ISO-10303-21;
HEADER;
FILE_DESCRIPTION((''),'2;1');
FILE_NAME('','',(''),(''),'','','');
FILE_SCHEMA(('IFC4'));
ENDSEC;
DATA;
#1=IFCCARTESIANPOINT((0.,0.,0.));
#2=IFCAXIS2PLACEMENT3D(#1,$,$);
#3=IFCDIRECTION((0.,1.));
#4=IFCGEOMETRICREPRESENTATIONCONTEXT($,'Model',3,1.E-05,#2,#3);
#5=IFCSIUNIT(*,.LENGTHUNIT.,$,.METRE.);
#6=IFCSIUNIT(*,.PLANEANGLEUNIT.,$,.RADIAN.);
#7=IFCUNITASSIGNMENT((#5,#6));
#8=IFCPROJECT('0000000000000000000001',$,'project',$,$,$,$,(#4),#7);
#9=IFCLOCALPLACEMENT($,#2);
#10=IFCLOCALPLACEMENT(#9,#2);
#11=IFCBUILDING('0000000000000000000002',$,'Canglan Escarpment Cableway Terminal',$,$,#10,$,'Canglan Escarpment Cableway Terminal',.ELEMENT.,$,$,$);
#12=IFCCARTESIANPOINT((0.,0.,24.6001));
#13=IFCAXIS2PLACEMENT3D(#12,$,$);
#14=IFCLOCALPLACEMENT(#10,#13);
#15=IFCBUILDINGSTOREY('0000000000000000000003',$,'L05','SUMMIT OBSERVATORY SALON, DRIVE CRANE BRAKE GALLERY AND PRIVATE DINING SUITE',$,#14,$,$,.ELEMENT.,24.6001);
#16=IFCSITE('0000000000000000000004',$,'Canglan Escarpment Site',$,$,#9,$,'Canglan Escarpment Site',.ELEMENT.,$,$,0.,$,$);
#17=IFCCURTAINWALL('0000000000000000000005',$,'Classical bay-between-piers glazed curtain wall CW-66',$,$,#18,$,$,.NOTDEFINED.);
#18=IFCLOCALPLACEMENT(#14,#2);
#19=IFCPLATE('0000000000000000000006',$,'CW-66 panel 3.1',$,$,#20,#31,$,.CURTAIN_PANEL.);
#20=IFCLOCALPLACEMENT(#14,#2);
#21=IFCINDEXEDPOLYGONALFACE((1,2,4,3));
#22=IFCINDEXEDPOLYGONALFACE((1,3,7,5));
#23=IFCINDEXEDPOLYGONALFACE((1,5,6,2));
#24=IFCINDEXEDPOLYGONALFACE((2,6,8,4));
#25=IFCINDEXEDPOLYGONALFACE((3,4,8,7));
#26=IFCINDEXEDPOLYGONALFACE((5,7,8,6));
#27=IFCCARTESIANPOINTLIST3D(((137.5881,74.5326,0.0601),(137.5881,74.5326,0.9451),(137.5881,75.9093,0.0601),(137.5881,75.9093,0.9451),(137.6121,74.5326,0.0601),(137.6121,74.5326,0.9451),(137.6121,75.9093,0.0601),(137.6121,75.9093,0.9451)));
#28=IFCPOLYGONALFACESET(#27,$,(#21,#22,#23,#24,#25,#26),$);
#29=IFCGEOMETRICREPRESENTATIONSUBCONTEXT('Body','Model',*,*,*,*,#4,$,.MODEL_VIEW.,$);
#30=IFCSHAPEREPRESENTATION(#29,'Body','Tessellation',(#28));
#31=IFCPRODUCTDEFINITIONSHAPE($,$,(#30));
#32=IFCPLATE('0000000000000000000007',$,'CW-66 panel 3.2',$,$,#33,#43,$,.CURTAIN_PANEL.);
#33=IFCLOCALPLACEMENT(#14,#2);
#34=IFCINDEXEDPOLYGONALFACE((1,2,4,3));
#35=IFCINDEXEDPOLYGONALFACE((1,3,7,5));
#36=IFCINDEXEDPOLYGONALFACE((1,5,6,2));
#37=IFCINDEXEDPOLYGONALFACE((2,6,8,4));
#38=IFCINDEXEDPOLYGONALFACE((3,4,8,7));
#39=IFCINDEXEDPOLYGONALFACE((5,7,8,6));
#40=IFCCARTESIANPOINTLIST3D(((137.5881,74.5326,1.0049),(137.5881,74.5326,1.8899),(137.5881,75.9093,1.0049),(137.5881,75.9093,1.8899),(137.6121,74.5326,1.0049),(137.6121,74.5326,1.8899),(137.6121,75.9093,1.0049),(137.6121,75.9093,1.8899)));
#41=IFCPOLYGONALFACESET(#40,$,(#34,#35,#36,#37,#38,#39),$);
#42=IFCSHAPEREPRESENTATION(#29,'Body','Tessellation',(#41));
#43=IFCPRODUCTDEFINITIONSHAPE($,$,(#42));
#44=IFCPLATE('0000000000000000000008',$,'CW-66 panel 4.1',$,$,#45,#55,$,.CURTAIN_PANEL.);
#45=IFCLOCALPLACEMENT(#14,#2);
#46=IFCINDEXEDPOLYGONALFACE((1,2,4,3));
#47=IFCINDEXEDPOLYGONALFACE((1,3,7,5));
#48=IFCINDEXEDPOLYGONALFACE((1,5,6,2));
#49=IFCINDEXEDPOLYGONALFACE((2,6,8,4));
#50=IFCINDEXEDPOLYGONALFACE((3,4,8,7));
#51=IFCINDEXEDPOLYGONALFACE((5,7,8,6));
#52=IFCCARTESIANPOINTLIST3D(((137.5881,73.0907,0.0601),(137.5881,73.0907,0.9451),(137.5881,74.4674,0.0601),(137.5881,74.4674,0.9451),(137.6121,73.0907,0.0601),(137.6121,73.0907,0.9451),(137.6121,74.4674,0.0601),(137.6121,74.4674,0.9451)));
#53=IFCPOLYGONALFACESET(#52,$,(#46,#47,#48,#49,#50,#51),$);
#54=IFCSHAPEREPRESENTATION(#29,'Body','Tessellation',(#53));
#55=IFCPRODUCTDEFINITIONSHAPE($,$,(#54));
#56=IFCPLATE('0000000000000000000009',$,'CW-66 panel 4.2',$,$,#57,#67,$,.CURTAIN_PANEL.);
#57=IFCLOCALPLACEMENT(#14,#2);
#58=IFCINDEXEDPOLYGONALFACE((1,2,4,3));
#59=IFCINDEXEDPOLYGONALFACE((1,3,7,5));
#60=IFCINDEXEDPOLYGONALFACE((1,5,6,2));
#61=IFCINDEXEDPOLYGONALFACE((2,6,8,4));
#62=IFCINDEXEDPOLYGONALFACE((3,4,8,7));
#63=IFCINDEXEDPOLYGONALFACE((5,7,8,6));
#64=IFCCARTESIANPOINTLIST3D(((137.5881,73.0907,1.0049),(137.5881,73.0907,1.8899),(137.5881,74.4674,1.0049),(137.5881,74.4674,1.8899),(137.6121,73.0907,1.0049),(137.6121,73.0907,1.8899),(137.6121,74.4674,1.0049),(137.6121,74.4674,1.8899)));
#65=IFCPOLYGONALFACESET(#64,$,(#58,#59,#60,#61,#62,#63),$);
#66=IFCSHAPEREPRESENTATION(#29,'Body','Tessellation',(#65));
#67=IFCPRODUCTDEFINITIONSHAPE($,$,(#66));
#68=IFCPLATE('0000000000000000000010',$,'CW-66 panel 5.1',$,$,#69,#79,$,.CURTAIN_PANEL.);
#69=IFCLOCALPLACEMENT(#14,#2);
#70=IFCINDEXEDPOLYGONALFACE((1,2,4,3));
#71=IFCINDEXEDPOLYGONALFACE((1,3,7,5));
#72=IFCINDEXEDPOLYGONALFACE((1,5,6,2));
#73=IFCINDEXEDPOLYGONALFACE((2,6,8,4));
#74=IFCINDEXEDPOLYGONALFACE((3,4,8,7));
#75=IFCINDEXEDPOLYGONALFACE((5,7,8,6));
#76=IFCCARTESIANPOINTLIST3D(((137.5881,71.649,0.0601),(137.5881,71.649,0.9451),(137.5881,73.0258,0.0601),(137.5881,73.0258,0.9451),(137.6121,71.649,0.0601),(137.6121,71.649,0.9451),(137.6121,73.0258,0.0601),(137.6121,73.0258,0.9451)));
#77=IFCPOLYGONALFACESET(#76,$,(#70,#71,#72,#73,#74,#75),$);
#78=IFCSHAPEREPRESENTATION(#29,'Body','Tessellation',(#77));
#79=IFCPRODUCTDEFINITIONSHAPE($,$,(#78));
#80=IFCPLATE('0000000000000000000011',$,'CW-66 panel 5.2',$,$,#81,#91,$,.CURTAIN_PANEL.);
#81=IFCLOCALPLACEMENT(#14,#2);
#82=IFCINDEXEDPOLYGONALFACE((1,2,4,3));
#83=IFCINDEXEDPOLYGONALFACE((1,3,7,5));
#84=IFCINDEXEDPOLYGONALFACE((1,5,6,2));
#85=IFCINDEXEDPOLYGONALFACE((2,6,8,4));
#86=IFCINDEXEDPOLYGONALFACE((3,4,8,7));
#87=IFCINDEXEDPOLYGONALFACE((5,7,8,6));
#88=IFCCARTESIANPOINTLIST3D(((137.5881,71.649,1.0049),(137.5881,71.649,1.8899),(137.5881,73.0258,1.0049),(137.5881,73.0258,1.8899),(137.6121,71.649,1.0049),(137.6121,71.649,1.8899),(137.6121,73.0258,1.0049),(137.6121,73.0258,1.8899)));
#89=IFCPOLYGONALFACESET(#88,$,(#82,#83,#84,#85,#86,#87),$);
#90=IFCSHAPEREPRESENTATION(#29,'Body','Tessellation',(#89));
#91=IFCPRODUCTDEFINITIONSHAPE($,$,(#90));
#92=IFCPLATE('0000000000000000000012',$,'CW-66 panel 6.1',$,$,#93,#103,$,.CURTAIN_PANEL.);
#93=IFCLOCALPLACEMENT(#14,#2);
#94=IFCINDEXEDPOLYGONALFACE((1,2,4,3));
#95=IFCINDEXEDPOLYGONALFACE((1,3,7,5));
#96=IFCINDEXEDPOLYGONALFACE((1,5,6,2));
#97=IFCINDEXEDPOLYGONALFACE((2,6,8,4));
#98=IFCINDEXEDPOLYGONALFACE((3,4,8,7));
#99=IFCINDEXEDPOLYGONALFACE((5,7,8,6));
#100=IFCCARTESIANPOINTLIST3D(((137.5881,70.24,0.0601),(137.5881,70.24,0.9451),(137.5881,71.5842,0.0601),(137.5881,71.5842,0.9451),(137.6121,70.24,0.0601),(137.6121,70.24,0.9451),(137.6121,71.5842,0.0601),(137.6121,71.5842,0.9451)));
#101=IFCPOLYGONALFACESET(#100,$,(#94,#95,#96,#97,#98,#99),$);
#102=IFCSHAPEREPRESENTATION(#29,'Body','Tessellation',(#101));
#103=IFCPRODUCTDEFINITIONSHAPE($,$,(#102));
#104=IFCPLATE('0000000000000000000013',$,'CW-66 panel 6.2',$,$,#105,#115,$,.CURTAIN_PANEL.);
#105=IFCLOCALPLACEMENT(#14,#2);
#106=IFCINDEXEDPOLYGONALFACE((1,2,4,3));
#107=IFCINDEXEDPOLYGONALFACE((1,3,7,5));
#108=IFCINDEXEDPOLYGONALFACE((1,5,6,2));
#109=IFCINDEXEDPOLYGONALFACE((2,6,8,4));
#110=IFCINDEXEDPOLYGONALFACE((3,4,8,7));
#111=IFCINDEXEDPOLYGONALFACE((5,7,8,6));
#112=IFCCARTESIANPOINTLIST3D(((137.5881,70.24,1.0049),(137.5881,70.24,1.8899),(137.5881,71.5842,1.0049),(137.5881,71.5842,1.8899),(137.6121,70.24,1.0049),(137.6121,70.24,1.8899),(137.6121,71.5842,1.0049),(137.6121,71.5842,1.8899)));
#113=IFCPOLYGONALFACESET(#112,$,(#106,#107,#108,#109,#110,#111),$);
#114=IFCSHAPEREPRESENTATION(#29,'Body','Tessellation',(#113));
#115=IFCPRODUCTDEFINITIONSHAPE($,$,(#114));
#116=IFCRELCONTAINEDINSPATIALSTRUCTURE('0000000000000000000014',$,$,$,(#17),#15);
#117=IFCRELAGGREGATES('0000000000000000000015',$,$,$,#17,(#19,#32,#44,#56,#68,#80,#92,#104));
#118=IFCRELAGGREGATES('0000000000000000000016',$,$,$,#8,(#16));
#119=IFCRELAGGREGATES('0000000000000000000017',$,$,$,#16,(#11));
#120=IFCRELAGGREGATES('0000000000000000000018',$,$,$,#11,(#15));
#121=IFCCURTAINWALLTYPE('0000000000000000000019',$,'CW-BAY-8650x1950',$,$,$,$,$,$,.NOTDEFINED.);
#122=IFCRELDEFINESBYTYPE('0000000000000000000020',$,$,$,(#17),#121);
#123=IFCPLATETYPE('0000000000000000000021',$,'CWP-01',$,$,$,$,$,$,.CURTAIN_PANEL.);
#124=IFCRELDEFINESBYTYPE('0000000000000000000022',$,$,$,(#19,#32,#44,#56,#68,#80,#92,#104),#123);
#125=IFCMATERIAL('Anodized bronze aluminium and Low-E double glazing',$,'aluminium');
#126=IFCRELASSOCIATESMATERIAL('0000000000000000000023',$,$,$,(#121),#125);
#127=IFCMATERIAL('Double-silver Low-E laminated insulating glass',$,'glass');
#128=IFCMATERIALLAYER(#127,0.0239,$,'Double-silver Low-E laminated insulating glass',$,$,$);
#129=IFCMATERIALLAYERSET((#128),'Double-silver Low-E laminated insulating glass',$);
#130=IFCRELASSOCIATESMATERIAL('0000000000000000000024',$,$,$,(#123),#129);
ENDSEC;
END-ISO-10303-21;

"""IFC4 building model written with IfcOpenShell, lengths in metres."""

from ifc_helpers import new_model, si_unit, direction, frame, origin, origin_2d, place, context, subcontext, project, spatial, rectangle, extrude, material, layer, layer_set, type_object, element, aggregate, save


model = new_model("IFC4")

# Units and contexts
model_context = context("Model", 3, precision=1e-05, world=origin(), true_north=direction((0.0, 1.0)))
body_context = subcontext(model_context, "Body", "Model", "MODEL_VIEW")
ifc_project = project(units=[si_unit("LENGTHUNIT", "METRE"), si_unit("PLANEANGLEUNIT", "RADIAN")], contexts=[model_context])

# Site, building, storey
site_placement = place(None, origin())
site = spatial("IfcSite", under=ifc_project, at=site_placement, Name="Canglan Escarpment Site", LongName="Canglan Escarpment Site", CompositionType="ELEMENT", RefElevation=0.0)
building_placement = place(site_placement, origin())
building = spatial("IfcBuilding", under=site, at=building_placement, Name="Canglan Escarpment Cableway Terminal", LongName="Canglan Escarpment Cableway Terminal", CompositionType="ELEMENT")
storey_placement = place(building_placement, frame((0.0, 0.0, 24.6001)))
storey = spatial("IfcBuildingStorey", under=building, at=storey_placement, Name="L05", Description="SUMMIT OBSERVATORY SALON, DRIVE CRANE BRAKE GALLERY AND PRIVATE DINING SUITE", CompositionType="ELEMENT", Elevation=24.6001)

# Shared definitions
ifc_material_1 = material(Name="Anodized bronze aluminium and Low-E double glazing", Category="aluminium")
curtain_wall_type = type_object("IfcCurtainWallType", Name="CW-BAY-8650x1950", PredefinedType="NOTDEFINED", material=ifc_material_1)

# Curtain wall
curtain_wall_1_placement = place(storey_placement, origin())
curtain_wall_1 = element("IfcCurtainWall", 1, at=curtain_wall_1_placement, inside=storey, type_object=curtain_wall_type, Name="Classical bay-between-piers glazed curtain wall CW-66", PredefinedType="NOTDEFINED")

# Plates
ifc_material_2 = material(Name="Double-silver Low-E laminated insulating glass", Category="glass")
ifc_layer = layer(ifc_material_2, 0.0239, Name="Double-silver Low-E laminated insulating glass")
ifc_layer_set = layer_set([ifc_layer], Name="Double-silver Low-E laminated insulating glass")
plate_type = type_object("IfcPlateType", Name="CWP-01", PredefinedType="CURTAIN_PANEL", material=ifc_layer_set)
plate_1_placement = place(storey_placement, frame((137.6001, 75.2209, 0.0601), z_axis=(0.0, 0.0, 1.0), x_axis=(0.0, -1.0, 0.0)))
plate_1 = element("IfcPlate", 2, at=plate_1_placement, type_object=plate_type, Name="CW-66 panel 3.1", PredefinedType="CURTAIN_PANEL", context=body_context, shape_type="SweptSolid", body=[
    extrude(rectangle(XDim=1.3767, YDim=0.0239, at=origin_2d()), origin(), (0.0, 0.0, 1.0), 0.885),
])
plate_2_placement = place(storey_placement, frame((137.6001, 75.2209, 1.0049), z_axis=(0.0, 0.0, 1.0), x_axis=(0.0, -1.0, 0.0)))
plate_2 = element("IfcPlate", 3, at=plate_2_placement, type_object=plate_type, Name="CW-66 panel 3.2", PredefinedType="CURTAIN_PANEL", context=body_context, shape_type="SweptSolid", body=[
    extrude(rectangle(XDim=1.3767, YDim=0.0239, at=origin_2d()), origin(), (0.0, 0.0, 1.0), 0.885),
])
plate_3_placement = place(storey_placement, frame((137.6001, 73.7791, 0.0601), z_axis=(0.0, 0.0, 1.0), x_axis=(0.0, -1.0, 0.0)))
plate_3 = element("IfcPlate", 4, at=plate_3_placement, type_object=plate_type, Name="CW-66 panel 4.1", PredefinedType="CURTAIN_PANEL", context=body_context, shape_type="SweptSolid", body=[
    extrude(rectangle(XDim=1.3767, YDim=0.0239, at=origin_2d()), origin(), (0.0, 0.0, 1.0), 0.885),
])
plate_4_placement = place(storey_placement, frame((137.6001, 73.7791, 1.0049), z_axis=(0.0, 0.0, 1.0), x_axis=(0.0, -1.0, 0.0)))
plate_4 = element("IfcPlate", 5, at=plate_4_placement, type_object=plate_type, Name="CW-66 panel 4.2", PredefinedType="CURTAIN_PANEL", context=body_context, shape_type="SweptSolid", body=[
    extrude(rectangle(XDim=1.3767, YDim=0.0239, at=origin_2d()), origin(), (0.0, 0.0, 1.0), 0.885),
])
plate_5_placement = place(storey_placement, frame((137.6001, 72.3374, 0.0601), z_axis=(0.0, 0.0, 1.0), x_axis=(0.0, -1.0, 0.0)))
plate_5 = element("IfcPlate", 6, at=plate_5_placement, type_object=plate_type, Name="CW-66 panel 5.1", PredefinedType="CURTAIN_PANEL", context=body_context, shape_type="SweptSolid", body=[
    extrude(rectangle(XDim=1.3767, YDim=0.0239, at=origin_2d()), origin(), (0.0, 0.0, 1.0), 0.885),
])
plate_6_placement = place(storey_placement, frame((137.6001, 72.3374, 1.0049), z_axis=(0.0, 0.0, 1.0), x_axis=(0.0, -1.0, 0.0)))
plate_6 = element("IfcPlate", 7, at=plate_6_placement, type_object=plate_type, Name="CW-66 panel 5.2", PredefinedType="CURTAIN_PANEL", context=body_context, shape_type="SweptSolid", body=[
    extrude(rectangle(XDim=1.3767, YDim=0.0239, at=origin_2d()), origin(), (0.0, 0.0, 1.0), 0.885),
])
plate_7_placement = place(storey_placement, frame((137.6001, 70.9121, 0.0601), z_axis=(0.0, 0.0, 1.0), x_axis=(0.0, -1.0, 0.0)))
plate_7 = element("IfcPlate", 8, at=plate_7_placement, type_object=plate_type, Name="CW-66 panel 6.1", PredefinedType="CURTAIN_PANEL", context=body_context, shape_type="SweptSolid", body=[
    extrude(rectangle(XDim=1.3442, YDim=0.0239, at=origin_2d()), origin(), (0.0, 0.0, 1.0), 0.885),
])
plate_8_placement = place(storey_placement, frame((137.6001, 70.9121, 1.0049), z_axis=(0.0, 0.0, 1.0), x_axis=(0.0, -1.0, 0.0)))
plate_8 = element("IfcPlate", 9, at=plate_8_placement, type_object=plate_type, Name="CW-66 panel 6.2", PredefinedType="CURTAIN_PANEL", context=body_context, shape_type="SweptSolid", body=[
    extrude(rectangle(XDim=1.3442, YDim=0.0239, at=origin_2d()), origin(), (0.0, 0.0, 1.0), 0.885),
])
aggregate(curtain_wall_1, [plate_1, plate_2, plate_3, plate_4, plate_5, plate_6, plate_7, plate_8])

save(model, "model.ifc")
